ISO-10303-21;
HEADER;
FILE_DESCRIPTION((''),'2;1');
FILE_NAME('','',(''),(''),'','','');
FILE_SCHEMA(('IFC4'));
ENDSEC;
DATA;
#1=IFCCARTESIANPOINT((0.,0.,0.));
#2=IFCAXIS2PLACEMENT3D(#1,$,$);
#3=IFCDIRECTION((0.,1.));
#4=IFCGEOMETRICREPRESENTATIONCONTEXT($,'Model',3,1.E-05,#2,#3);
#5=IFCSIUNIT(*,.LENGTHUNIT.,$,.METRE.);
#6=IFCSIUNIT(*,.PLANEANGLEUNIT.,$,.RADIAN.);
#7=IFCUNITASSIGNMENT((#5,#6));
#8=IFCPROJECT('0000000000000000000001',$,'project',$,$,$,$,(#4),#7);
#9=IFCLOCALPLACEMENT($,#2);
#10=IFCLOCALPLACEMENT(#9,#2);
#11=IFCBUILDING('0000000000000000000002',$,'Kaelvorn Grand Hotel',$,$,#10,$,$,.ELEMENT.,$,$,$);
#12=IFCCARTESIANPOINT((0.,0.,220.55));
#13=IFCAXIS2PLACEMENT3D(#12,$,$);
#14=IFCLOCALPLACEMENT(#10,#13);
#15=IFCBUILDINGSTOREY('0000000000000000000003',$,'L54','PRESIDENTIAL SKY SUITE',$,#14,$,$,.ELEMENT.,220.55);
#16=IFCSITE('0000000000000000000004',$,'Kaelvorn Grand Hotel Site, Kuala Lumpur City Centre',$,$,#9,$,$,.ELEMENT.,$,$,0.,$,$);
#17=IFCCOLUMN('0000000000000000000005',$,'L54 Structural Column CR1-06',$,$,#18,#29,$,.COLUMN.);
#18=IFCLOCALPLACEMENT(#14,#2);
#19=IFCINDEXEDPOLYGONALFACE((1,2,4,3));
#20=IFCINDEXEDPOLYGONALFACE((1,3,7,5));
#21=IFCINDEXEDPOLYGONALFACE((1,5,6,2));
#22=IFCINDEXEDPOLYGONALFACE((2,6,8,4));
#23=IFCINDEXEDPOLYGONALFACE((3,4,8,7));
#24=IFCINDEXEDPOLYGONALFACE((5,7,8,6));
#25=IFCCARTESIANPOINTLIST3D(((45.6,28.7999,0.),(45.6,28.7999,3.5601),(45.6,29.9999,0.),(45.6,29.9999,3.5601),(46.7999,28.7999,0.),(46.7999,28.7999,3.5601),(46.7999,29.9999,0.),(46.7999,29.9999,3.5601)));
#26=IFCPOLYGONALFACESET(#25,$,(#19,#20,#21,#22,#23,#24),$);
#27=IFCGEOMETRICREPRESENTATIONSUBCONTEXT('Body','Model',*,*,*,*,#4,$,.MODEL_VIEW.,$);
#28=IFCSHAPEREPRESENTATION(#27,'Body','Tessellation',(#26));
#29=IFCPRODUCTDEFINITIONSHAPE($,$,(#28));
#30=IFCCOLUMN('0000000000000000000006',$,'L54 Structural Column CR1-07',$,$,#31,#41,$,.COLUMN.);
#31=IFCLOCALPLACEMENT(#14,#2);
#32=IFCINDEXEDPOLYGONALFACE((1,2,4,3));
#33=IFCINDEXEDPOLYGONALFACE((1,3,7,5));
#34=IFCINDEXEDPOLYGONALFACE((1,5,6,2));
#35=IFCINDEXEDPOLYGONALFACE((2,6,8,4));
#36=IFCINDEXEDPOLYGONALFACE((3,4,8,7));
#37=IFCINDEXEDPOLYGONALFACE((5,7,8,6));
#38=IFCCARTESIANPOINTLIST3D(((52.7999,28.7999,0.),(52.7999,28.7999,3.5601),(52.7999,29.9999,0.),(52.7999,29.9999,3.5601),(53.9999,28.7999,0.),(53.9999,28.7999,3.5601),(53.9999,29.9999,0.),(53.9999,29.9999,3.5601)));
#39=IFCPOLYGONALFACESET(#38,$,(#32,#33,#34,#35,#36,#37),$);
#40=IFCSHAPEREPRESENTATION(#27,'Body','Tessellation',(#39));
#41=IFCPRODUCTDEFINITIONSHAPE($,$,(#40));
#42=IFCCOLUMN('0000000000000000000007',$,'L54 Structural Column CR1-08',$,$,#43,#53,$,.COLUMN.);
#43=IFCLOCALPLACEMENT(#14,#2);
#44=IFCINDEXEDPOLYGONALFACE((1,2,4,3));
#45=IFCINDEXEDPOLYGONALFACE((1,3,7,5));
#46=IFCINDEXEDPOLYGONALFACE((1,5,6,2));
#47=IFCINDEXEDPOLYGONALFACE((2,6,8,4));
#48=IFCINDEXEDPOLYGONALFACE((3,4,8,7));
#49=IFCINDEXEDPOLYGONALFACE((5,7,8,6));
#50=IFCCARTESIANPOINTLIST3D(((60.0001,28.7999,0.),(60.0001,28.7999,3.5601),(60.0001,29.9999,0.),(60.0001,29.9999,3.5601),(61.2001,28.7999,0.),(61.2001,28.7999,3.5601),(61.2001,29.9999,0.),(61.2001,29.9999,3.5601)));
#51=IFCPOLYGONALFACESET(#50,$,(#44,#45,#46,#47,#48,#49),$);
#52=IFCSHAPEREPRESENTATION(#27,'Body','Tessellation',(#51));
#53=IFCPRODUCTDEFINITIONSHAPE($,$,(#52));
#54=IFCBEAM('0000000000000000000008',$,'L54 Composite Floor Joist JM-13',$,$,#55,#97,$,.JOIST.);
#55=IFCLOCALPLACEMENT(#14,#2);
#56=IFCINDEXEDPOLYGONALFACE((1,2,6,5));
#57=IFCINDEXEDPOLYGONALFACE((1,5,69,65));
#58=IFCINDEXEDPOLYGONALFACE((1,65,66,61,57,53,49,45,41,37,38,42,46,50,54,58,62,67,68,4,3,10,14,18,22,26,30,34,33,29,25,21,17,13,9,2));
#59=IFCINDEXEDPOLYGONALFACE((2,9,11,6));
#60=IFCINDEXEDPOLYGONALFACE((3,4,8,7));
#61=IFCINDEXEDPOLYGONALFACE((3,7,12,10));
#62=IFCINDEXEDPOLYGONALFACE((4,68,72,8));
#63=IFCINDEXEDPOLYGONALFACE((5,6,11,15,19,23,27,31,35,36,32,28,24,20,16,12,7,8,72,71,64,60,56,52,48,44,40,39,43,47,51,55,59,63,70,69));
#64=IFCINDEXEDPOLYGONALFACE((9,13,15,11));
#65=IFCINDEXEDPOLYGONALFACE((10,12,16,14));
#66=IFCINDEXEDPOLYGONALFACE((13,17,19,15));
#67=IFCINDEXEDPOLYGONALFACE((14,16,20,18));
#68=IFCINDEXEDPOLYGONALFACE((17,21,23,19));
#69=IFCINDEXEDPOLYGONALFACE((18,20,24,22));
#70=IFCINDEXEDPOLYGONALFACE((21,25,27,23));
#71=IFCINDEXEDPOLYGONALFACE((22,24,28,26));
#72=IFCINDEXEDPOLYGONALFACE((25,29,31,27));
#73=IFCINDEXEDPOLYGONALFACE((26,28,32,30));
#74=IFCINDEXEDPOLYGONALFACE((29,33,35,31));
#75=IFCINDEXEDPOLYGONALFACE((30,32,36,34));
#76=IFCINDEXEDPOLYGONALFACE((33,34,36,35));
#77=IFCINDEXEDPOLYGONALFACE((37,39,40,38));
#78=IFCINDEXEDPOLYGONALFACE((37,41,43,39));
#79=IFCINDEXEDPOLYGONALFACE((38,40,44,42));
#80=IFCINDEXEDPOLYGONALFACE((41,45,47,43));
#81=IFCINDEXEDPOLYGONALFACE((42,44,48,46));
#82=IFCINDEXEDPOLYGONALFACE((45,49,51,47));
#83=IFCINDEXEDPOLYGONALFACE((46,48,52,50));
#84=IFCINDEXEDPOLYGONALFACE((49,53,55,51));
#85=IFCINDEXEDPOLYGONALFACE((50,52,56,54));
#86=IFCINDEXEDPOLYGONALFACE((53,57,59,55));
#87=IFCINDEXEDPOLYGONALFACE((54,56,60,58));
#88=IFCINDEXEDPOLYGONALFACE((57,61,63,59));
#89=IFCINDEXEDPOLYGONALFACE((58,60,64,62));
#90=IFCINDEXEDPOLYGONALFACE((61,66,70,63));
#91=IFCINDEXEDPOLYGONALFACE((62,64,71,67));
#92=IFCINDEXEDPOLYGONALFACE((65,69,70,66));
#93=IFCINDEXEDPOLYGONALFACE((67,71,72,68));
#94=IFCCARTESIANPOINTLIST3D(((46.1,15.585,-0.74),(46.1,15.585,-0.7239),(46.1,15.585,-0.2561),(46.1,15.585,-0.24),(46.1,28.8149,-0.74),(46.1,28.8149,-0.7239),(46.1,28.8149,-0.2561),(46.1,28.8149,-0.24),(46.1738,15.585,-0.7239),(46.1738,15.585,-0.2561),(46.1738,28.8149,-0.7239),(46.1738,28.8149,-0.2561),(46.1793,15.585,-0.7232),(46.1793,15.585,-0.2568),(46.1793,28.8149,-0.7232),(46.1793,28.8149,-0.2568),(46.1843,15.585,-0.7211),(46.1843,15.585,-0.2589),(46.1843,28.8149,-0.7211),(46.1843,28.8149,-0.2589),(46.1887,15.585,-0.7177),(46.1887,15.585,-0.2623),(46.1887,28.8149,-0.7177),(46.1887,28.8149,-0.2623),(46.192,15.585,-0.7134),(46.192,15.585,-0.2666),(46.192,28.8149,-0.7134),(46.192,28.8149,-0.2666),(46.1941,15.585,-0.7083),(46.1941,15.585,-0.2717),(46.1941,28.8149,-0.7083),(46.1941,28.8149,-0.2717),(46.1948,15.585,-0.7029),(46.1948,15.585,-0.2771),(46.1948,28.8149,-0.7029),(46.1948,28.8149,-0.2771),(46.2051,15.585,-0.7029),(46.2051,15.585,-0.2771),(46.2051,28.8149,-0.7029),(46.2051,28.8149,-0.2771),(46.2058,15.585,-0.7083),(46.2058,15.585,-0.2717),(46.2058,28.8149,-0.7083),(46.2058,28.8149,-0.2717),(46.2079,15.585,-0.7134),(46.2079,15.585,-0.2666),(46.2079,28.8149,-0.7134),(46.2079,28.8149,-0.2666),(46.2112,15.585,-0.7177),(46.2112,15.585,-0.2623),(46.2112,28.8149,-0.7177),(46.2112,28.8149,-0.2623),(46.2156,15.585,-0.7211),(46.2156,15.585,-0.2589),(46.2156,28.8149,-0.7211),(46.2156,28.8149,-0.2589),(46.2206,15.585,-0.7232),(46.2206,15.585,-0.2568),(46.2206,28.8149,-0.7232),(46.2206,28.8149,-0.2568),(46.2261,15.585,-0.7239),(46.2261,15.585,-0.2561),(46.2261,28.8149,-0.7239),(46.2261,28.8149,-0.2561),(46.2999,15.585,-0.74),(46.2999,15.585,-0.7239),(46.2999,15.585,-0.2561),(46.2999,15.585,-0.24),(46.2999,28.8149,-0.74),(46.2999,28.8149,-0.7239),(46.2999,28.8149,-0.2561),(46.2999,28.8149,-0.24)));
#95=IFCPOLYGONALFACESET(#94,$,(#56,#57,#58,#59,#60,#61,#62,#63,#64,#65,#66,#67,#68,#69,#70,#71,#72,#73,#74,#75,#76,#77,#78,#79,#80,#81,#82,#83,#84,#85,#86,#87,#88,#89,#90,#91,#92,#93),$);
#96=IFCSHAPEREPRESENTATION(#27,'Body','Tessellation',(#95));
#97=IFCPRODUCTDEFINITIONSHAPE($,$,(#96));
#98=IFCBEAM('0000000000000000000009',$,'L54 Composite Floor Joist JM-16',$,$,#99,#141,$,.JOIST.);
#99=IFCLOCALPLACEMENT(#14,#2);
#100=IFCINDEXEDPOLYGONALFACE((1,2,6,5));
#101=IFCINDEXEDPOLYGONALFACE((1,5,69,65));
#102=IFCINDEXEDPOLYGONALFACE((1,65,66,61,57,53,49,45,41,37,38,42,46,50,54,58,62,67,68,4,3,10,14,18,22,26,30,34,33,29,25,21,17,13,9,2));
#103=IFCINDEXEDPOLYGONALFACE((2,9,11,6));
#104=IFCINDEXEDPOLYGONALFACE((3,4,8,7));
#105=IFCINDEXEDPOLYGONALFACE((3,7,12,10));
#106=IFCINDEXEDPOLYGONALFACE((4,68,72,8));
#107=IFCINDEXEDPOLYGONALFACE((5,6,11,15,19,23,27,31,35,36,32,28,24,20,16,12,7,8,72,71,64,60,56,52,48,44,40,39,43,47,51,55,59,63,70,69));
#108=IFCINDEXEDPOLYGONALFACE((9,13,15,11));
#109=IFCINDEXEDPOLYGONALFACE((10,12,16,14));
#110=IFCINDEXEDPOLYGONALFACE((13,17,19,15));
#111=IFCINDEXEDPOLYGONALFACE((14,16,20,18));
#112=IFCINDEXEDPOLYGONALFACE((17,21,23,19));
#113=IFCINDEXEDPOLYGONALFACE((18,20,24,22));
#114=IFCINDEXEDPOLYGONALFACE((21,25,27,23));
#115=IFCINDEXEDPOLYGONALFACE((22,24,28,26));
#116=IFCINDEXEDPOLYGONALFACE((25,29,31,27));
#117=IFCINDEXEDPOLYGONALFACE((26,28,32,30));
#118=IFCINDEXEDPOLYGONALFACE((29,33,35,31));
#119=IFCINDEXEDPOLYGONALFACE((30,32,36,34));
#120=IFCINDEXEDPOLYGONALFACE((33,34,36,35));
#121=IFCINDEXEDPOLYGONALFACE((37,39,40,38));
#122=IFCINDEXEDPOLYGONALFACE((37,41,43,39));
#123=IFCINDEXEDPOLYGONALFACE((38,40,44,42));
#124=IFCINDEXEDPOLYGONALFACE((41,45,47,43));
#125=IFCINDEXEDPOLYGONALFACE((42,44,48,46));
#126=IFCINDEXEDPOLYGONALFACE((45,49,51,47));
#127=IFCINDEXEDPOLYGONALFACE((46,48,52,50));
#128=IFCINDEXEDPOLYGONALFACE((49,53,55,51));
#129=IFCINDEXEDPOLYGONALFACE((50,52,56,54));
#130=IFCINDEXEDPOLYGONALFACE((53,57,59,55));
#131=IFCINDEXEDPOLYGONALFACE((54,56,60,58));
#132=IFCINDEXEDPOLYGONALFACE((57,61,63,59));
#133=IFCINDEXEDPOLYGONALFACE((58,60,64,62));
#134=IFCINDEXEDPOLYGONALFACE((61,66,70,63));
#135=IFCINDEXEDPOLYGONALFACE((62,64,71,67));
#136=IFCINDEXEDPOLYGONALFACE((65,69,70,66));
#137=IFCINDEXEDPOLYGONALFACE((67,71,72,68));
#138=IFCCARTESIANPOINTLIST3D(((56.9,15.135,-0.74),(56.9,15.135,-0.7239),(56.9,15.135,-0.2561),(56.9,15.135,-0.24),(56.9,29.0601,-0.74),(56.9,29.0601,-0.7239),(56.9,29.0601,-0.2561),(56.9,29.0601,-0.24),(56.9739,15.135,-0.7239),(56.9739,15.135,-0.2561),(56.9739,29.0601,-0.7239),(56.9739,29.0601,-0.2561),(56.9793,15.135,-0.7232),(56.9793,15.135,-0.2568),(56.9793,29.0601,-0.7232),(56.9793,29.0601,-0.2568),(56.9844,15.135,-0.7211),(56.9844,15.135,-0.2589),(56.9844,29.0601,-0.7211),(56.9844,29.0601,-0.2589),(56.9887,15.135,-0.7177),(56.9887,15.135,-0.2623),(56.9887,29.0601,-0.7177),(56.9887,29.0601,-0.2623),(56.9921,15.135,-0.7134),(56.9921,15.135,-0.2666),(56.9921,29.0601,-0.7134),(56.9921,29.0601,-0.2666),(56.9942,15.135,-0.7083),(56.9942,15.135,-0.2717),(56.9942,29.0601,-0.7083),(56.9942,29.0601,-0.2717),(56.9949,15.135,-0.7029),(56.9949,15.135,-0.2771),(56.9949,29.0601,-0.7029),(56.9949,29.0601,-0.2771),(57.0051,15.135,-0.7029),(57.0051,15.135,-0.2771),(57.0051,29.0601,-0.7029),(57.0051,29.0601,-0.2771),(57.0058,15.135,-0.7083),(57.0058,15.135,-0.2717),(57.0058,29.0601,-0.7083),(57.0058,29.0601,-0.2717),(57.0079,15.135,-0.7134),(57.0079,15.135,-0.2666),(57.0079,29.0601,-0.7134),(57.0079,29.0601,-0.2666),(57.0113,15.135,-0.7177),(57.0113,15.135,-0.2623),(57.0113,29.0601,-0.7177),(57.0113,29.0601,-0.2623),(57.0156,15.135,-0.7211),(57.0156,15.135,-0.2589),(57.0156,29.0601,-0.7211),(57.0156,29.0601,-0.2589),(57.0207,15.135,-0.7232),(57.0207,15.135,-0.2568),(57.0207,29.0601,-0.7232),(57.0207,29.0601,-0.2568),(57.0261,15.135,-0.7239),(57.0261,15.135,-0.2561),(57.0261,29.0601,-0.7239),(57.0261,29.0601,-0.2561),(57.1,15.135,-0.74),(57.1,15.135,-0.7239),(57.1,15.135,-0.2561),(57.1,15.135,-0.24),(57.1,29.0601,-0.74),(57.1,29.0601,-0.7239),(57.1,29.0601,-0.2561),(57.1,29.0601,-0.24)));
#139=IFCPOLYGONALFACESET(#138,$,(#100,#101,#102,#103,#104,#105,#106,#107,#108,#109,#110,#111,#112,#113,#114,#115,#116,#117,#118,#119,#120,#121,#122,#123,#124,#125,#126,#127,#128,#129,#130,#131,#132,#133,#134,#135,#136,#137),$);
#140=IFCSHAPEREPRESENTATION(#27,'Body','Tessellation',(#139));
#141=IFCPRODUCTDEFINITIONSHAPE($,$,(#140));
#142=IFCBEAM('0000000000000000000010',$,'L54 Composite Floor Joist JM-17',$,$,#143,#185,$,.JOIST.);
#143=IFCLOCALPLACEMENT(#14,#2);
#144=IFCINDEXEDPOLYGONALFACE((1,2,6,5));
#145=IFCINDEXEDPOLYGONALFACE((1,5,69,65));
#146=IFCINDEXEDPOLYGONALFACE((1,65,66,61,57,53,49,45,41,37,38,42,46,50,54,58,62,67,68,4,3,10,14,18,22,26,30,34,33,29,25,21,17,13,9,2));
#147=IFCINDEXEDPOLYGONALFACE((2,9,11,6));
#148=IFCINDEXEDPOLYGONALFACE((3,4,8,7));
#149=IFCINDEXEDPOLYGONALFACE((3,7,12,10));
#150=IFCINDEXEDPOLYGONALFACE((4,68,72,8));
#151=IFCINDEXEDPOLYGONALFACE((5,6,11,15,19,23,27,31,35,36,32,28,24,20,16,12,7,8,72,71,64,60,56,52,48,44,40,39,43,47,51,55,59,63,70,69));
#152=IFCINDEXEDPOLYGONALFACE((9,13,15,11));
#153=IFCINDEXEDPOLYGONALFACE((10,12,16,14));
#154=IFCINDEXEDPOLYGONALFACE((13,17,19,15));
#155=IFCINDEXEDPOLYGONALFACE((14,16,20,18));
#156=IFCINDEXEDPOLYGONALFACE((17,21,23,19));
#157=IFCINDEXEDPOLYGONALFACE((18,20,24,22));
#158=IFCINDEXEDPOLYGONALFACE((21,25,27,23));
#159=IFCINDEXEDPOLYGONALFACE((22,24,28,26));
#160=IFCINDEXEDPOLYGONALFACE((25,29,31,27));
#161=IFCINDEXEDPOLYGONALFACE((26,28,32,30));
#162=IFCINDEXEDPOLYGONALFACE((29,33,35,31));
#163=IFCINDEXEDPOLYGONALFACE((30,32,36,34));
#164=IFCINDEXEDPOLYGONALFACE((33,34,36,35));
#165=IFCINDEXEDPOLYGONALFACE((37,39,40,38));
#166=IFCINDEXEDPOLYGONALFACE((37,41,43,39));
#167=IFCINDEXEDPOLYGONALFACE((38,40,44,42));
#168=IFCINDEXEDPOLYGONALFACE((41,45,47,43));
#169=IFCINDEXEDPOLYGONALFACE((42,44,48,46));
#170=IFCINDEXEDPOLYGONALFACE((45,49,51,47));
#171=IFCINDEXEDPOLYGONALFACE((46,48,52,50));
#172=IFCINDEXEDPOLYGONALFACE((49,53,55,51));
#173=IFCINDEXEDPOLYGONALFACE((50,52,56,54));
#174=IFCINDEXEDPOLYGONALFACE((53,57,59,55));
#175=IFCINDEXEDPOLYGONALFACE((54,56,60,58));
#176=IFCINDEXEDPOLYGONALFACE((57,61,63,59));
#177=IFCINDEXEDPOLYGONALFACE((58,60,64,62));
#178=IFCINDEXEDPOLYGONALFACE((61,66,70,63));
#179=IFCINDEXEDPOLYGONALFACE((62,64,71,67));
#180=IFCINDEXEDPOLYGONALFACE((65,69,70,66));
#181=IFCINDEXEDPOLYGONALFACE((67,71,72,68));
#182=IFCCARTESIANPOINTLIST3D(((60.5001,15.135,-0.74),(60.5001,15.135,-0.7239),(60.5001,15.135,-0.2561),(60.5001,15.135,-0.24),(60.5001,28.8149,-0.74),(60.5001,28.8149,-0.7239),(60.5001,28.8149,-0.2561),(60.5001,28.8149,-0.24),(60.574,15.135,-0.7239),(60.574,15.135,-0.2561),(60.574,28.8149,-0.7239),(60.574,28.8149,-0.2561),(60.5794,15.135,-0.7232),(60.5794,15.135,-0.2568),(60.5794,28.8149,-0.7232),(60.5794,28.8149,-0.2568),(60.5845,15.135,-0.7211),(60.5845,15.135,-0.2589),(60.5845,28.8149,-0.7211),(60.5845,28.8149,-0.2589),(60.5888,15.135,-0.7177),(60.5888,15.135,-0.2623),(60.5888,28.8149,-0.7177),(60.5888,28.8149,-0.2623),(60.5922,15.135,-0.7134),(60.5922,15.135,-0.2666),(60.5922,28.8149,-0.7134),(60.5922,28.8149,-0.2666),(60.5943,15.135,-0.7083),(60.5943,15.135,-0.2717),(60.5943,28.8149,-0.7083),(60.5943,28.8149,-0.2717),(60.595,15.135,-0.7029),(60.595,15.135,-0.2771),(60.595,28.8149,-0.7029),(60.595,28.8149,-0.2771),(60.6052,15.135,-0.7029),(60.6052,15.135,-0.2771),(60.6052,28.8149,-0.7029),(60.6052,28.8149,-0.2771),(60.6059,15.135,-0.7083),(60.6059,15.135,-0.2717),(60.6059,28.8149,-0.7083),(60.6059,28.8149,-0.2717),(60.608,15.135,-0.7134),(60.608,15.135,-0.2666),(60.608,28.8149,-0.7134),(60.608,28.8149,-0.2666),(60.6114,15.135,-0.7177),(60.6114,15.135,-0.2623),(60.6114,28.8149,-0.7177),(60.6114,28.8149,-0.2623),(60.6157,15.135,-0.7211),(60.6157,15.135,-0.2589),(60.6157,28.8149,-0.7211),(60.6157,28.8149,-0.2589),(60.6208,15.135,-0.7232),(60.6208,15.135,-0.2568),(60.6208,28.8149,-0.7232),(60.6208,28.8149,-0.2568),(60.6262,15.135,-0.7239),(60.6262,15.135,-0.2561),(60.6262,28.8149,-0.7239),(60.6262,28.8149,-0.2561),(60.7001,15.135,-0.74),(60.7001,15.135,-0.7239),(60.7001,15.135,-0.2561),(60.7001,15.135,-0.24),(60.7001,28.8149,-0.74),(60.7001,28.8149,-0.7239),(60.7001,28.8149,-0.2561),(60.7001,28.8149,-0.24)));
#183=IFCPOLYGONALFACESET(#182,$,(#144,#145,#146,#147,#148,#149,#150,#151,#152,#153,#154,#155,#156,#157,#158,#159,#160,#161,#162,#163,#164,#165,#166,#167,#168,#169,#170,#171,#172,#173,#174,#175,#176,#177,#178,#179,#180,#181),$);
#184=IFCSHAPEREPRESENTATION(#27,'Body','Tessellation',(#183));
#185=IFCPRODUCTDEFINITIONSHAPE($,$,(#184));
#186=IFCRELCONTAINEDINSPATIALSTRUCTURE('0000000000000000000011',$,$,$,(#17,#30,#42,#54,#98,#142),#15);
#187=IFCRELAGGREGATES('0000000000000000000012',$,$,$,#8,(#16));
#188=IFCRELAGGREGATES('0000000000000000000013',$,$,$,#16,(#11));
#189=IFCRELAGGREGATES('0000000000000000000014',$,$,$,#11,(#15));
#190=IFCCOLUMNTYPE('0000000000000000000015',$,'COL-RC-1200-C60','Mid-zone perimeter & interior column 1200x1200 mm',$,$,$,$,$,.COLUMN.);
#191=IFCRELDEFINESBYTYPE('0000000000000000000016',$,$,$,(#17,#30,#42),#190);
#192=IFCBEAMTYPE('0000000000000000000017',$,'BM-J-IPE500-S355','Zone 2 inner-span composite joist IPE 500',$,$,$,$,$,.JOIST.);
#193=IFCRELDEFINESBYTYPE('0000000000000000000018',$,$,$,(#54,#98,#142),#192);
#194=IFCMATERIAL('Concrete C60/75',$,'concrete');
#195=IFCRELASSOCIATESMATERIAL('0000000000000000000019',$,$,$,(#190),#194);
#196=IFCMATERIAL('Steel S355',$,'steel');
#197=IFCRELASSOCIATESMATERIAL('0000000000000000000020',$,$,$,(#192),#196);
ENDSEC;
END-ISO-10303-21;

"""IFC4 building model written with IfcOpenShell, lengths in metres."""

from ifc_helpers import new_model, si_unit, direction, frame, origin, origin_2d, place, context, subcontext, project, spatial, rectangle, i_section, extrude, material, material_profile, profile_set, type_object, element, save


model = new_model("IFC4")

# Units and contexts
model_context = context("Model", 3, precision=1e-05, world=origin(), true_north=direction((0.0, 1.0)))
body_context = subcontext(model_context, "Body", "Model", "MODEL_VIEW")
ifc_project = project(units=[si_unit("LENGTHUNIT", "METRE"), si_unit("PLANEANGLEUNIT", "RADIAN")], contexts=[model_context])

# Site, building, storey
site_placement = place(None, origin())
site = spatial("IfcSite", under=ifc_project, at=site_placement, Name="Kaelvorn Grand Hotel Site, Kuala Lumpur City Centre", CompositionType="ELEMENT", RefElevation=0.0)
building_placement = place(site_placement, origin())
building = spatial("IfcBuilding", under=site, at=building_placement, Name="Kaelvorn Grand Hotel", CompositionType="ELEMENT")
storey_placement = place(building_placement, frame((0.0, 0.0, 220.55)))
storey = spatial("IfcBuildingStorey", under=building, at=storey_placement, Name="L54", Description="PRESIDENTIAL SKY SUITE", CompositionType="ELEMENT", Elevation=220.55)

# Columns
ifc_material_1 = material(Name="Concrete C60/75", Category="concrete")
ifc_material_profile_1 = material_profile(ifc_material_1, rectangle(XDim=1.2, YDim=1.2, at=origin_2d()), Name="RC COL 1200x1200")
ifc_profile_set_1 = profile_set([ifc_material_profile_1], Name="Concrete C60/75")
column_type = type_object("IfcColumnType", Name="COL-RC-1200-C60", Description="Mid-zone perimeter & interior column 1200x1200 mm", PredefinedType="COLUMN", material=ifc_profile_set_1)
for number, where, z_axis, x_axis, name in (
    (1, (46.2, 29.3999, 0.0), (0.0, 0.0, 1.0), (1.0, 0.0, 0.0), "L54 Structural Column CR1-06"),
    (2, (53.3999, 29.3999, 0.0), (0.0, 0.0, 1.0), (1.0, 0.0, 0.0), "L54 Structural Column CR1-07"),
    (3, (60.6001, 29.3999, 0.0), (0.0, 0.0, 1.0), (1.0, 0.0, 0.0), "L54 Structural Column CR1-08"),
):
    element("IfcColumn", number, at=place(storey_placement, frame(where, z_axis=z_axis, x_axis=x_axis)), inside=storey, type_object=column_type, Name=name, PredefinedType="COLUMN", context=body_context, shape_type="SweptSolid", body=[
        extrude(rectangle(XDim=1.2, YDim=1.2, at=origin_2d()), origin(), (0.0, 0.0, 1.0), 3.5601),
    ])

# Beams
ifc_material_2 = material(Name="Steel S355", Category="steel")
ifc_material_profile_2 = material_profile(ifc_material_2, i_section(OverallWidth=0.2, OverallDepth=0.5, WebThickness=0.0103, FlangeThickness=0.0161, FilletRadius=0.021, at=origin_2d()), Name="IPE 500")
ifc_profile_set_2 = profile_set([ifc_material_profile_2], Name="Steel S355")
beam_type_1 = type_object("IfcBeamType", Name="BM-J-IPE500-S355", Description="Zone 2 inner-span composite joist IPE 500", PredefinedType="JOIST", material=ifc_profile_set_2)
beam_1_placement = place(storey_placement, frame((46.2, 15.585, -0.49), z_axis=(0.0, 1.0, 0.0), x_axis=(-1.0, 0.0, 0.0)))
element("IfcBeam", 4, at=beam_1_placement, inside=storey, type_object=beam_type_1, Name="L54 Composite Floor Joist JM-13", PredefinedType="JOIST", context=body_context, shape_type="SweptSolid", body=[
    extrude(i_section(OverallWidth=0.2, OverallDepth=0.5, WebThickness=0.0103, FlangeThickness=0.0161, FilletRadius=0.021, at=origin_2d()), origin(), (0.0, 0.0, 1.0), 13.23),
])
beam_2_placement = place(storey_placement, frame((57.0, 15.135, -0.49), z_axis=(0.0, 1.0, 0.0), x_axis=(-1.0, 0.0, 0.0)))
element("IfcBeam", 5, at=beam_2_placement, inside=storey, type_object=beam_type_1, Name="L54 Composite Floor Joist JM-16", PredefinedType="JOIST", context=body_context, shape_type="SweptSolid", body=[
    extrude(i_section(OverallWidth=0.2, OverallDepth=0.5, WebThickness=0.0103, FlangeThickness=0.0161, FilletRadius=0.021, at=origin_2d()), origin(), (0.0, 0.0, 1.0), 13.925),
])
beam_3_placement = place(storey_placement, frame((60.6001, 15.135, -0.49), z_axis=(0.0, 1.0, 0.0), x_axis=(-1.0, 0.0, 0.0)))
element("IfcBeam", 6, at=beam_3_placement, inside=storey, type_object=beam_type_1, Name="L54 Composite Floor Joist JM-17", PredefinedType="JOIST", context=body_context, shape_type="SweptSolid", body=[
    extrude(i_section(OverallWidth=0.2, OverallDepth=0.5, WebThickness=0.0103, FlangeThickness=0.0161, FilletRadius=0.021, at=origin_2d()), origin(), (0.0, 0.0, 1.0), 13.6799),
])

save(model, "model.ifc")
